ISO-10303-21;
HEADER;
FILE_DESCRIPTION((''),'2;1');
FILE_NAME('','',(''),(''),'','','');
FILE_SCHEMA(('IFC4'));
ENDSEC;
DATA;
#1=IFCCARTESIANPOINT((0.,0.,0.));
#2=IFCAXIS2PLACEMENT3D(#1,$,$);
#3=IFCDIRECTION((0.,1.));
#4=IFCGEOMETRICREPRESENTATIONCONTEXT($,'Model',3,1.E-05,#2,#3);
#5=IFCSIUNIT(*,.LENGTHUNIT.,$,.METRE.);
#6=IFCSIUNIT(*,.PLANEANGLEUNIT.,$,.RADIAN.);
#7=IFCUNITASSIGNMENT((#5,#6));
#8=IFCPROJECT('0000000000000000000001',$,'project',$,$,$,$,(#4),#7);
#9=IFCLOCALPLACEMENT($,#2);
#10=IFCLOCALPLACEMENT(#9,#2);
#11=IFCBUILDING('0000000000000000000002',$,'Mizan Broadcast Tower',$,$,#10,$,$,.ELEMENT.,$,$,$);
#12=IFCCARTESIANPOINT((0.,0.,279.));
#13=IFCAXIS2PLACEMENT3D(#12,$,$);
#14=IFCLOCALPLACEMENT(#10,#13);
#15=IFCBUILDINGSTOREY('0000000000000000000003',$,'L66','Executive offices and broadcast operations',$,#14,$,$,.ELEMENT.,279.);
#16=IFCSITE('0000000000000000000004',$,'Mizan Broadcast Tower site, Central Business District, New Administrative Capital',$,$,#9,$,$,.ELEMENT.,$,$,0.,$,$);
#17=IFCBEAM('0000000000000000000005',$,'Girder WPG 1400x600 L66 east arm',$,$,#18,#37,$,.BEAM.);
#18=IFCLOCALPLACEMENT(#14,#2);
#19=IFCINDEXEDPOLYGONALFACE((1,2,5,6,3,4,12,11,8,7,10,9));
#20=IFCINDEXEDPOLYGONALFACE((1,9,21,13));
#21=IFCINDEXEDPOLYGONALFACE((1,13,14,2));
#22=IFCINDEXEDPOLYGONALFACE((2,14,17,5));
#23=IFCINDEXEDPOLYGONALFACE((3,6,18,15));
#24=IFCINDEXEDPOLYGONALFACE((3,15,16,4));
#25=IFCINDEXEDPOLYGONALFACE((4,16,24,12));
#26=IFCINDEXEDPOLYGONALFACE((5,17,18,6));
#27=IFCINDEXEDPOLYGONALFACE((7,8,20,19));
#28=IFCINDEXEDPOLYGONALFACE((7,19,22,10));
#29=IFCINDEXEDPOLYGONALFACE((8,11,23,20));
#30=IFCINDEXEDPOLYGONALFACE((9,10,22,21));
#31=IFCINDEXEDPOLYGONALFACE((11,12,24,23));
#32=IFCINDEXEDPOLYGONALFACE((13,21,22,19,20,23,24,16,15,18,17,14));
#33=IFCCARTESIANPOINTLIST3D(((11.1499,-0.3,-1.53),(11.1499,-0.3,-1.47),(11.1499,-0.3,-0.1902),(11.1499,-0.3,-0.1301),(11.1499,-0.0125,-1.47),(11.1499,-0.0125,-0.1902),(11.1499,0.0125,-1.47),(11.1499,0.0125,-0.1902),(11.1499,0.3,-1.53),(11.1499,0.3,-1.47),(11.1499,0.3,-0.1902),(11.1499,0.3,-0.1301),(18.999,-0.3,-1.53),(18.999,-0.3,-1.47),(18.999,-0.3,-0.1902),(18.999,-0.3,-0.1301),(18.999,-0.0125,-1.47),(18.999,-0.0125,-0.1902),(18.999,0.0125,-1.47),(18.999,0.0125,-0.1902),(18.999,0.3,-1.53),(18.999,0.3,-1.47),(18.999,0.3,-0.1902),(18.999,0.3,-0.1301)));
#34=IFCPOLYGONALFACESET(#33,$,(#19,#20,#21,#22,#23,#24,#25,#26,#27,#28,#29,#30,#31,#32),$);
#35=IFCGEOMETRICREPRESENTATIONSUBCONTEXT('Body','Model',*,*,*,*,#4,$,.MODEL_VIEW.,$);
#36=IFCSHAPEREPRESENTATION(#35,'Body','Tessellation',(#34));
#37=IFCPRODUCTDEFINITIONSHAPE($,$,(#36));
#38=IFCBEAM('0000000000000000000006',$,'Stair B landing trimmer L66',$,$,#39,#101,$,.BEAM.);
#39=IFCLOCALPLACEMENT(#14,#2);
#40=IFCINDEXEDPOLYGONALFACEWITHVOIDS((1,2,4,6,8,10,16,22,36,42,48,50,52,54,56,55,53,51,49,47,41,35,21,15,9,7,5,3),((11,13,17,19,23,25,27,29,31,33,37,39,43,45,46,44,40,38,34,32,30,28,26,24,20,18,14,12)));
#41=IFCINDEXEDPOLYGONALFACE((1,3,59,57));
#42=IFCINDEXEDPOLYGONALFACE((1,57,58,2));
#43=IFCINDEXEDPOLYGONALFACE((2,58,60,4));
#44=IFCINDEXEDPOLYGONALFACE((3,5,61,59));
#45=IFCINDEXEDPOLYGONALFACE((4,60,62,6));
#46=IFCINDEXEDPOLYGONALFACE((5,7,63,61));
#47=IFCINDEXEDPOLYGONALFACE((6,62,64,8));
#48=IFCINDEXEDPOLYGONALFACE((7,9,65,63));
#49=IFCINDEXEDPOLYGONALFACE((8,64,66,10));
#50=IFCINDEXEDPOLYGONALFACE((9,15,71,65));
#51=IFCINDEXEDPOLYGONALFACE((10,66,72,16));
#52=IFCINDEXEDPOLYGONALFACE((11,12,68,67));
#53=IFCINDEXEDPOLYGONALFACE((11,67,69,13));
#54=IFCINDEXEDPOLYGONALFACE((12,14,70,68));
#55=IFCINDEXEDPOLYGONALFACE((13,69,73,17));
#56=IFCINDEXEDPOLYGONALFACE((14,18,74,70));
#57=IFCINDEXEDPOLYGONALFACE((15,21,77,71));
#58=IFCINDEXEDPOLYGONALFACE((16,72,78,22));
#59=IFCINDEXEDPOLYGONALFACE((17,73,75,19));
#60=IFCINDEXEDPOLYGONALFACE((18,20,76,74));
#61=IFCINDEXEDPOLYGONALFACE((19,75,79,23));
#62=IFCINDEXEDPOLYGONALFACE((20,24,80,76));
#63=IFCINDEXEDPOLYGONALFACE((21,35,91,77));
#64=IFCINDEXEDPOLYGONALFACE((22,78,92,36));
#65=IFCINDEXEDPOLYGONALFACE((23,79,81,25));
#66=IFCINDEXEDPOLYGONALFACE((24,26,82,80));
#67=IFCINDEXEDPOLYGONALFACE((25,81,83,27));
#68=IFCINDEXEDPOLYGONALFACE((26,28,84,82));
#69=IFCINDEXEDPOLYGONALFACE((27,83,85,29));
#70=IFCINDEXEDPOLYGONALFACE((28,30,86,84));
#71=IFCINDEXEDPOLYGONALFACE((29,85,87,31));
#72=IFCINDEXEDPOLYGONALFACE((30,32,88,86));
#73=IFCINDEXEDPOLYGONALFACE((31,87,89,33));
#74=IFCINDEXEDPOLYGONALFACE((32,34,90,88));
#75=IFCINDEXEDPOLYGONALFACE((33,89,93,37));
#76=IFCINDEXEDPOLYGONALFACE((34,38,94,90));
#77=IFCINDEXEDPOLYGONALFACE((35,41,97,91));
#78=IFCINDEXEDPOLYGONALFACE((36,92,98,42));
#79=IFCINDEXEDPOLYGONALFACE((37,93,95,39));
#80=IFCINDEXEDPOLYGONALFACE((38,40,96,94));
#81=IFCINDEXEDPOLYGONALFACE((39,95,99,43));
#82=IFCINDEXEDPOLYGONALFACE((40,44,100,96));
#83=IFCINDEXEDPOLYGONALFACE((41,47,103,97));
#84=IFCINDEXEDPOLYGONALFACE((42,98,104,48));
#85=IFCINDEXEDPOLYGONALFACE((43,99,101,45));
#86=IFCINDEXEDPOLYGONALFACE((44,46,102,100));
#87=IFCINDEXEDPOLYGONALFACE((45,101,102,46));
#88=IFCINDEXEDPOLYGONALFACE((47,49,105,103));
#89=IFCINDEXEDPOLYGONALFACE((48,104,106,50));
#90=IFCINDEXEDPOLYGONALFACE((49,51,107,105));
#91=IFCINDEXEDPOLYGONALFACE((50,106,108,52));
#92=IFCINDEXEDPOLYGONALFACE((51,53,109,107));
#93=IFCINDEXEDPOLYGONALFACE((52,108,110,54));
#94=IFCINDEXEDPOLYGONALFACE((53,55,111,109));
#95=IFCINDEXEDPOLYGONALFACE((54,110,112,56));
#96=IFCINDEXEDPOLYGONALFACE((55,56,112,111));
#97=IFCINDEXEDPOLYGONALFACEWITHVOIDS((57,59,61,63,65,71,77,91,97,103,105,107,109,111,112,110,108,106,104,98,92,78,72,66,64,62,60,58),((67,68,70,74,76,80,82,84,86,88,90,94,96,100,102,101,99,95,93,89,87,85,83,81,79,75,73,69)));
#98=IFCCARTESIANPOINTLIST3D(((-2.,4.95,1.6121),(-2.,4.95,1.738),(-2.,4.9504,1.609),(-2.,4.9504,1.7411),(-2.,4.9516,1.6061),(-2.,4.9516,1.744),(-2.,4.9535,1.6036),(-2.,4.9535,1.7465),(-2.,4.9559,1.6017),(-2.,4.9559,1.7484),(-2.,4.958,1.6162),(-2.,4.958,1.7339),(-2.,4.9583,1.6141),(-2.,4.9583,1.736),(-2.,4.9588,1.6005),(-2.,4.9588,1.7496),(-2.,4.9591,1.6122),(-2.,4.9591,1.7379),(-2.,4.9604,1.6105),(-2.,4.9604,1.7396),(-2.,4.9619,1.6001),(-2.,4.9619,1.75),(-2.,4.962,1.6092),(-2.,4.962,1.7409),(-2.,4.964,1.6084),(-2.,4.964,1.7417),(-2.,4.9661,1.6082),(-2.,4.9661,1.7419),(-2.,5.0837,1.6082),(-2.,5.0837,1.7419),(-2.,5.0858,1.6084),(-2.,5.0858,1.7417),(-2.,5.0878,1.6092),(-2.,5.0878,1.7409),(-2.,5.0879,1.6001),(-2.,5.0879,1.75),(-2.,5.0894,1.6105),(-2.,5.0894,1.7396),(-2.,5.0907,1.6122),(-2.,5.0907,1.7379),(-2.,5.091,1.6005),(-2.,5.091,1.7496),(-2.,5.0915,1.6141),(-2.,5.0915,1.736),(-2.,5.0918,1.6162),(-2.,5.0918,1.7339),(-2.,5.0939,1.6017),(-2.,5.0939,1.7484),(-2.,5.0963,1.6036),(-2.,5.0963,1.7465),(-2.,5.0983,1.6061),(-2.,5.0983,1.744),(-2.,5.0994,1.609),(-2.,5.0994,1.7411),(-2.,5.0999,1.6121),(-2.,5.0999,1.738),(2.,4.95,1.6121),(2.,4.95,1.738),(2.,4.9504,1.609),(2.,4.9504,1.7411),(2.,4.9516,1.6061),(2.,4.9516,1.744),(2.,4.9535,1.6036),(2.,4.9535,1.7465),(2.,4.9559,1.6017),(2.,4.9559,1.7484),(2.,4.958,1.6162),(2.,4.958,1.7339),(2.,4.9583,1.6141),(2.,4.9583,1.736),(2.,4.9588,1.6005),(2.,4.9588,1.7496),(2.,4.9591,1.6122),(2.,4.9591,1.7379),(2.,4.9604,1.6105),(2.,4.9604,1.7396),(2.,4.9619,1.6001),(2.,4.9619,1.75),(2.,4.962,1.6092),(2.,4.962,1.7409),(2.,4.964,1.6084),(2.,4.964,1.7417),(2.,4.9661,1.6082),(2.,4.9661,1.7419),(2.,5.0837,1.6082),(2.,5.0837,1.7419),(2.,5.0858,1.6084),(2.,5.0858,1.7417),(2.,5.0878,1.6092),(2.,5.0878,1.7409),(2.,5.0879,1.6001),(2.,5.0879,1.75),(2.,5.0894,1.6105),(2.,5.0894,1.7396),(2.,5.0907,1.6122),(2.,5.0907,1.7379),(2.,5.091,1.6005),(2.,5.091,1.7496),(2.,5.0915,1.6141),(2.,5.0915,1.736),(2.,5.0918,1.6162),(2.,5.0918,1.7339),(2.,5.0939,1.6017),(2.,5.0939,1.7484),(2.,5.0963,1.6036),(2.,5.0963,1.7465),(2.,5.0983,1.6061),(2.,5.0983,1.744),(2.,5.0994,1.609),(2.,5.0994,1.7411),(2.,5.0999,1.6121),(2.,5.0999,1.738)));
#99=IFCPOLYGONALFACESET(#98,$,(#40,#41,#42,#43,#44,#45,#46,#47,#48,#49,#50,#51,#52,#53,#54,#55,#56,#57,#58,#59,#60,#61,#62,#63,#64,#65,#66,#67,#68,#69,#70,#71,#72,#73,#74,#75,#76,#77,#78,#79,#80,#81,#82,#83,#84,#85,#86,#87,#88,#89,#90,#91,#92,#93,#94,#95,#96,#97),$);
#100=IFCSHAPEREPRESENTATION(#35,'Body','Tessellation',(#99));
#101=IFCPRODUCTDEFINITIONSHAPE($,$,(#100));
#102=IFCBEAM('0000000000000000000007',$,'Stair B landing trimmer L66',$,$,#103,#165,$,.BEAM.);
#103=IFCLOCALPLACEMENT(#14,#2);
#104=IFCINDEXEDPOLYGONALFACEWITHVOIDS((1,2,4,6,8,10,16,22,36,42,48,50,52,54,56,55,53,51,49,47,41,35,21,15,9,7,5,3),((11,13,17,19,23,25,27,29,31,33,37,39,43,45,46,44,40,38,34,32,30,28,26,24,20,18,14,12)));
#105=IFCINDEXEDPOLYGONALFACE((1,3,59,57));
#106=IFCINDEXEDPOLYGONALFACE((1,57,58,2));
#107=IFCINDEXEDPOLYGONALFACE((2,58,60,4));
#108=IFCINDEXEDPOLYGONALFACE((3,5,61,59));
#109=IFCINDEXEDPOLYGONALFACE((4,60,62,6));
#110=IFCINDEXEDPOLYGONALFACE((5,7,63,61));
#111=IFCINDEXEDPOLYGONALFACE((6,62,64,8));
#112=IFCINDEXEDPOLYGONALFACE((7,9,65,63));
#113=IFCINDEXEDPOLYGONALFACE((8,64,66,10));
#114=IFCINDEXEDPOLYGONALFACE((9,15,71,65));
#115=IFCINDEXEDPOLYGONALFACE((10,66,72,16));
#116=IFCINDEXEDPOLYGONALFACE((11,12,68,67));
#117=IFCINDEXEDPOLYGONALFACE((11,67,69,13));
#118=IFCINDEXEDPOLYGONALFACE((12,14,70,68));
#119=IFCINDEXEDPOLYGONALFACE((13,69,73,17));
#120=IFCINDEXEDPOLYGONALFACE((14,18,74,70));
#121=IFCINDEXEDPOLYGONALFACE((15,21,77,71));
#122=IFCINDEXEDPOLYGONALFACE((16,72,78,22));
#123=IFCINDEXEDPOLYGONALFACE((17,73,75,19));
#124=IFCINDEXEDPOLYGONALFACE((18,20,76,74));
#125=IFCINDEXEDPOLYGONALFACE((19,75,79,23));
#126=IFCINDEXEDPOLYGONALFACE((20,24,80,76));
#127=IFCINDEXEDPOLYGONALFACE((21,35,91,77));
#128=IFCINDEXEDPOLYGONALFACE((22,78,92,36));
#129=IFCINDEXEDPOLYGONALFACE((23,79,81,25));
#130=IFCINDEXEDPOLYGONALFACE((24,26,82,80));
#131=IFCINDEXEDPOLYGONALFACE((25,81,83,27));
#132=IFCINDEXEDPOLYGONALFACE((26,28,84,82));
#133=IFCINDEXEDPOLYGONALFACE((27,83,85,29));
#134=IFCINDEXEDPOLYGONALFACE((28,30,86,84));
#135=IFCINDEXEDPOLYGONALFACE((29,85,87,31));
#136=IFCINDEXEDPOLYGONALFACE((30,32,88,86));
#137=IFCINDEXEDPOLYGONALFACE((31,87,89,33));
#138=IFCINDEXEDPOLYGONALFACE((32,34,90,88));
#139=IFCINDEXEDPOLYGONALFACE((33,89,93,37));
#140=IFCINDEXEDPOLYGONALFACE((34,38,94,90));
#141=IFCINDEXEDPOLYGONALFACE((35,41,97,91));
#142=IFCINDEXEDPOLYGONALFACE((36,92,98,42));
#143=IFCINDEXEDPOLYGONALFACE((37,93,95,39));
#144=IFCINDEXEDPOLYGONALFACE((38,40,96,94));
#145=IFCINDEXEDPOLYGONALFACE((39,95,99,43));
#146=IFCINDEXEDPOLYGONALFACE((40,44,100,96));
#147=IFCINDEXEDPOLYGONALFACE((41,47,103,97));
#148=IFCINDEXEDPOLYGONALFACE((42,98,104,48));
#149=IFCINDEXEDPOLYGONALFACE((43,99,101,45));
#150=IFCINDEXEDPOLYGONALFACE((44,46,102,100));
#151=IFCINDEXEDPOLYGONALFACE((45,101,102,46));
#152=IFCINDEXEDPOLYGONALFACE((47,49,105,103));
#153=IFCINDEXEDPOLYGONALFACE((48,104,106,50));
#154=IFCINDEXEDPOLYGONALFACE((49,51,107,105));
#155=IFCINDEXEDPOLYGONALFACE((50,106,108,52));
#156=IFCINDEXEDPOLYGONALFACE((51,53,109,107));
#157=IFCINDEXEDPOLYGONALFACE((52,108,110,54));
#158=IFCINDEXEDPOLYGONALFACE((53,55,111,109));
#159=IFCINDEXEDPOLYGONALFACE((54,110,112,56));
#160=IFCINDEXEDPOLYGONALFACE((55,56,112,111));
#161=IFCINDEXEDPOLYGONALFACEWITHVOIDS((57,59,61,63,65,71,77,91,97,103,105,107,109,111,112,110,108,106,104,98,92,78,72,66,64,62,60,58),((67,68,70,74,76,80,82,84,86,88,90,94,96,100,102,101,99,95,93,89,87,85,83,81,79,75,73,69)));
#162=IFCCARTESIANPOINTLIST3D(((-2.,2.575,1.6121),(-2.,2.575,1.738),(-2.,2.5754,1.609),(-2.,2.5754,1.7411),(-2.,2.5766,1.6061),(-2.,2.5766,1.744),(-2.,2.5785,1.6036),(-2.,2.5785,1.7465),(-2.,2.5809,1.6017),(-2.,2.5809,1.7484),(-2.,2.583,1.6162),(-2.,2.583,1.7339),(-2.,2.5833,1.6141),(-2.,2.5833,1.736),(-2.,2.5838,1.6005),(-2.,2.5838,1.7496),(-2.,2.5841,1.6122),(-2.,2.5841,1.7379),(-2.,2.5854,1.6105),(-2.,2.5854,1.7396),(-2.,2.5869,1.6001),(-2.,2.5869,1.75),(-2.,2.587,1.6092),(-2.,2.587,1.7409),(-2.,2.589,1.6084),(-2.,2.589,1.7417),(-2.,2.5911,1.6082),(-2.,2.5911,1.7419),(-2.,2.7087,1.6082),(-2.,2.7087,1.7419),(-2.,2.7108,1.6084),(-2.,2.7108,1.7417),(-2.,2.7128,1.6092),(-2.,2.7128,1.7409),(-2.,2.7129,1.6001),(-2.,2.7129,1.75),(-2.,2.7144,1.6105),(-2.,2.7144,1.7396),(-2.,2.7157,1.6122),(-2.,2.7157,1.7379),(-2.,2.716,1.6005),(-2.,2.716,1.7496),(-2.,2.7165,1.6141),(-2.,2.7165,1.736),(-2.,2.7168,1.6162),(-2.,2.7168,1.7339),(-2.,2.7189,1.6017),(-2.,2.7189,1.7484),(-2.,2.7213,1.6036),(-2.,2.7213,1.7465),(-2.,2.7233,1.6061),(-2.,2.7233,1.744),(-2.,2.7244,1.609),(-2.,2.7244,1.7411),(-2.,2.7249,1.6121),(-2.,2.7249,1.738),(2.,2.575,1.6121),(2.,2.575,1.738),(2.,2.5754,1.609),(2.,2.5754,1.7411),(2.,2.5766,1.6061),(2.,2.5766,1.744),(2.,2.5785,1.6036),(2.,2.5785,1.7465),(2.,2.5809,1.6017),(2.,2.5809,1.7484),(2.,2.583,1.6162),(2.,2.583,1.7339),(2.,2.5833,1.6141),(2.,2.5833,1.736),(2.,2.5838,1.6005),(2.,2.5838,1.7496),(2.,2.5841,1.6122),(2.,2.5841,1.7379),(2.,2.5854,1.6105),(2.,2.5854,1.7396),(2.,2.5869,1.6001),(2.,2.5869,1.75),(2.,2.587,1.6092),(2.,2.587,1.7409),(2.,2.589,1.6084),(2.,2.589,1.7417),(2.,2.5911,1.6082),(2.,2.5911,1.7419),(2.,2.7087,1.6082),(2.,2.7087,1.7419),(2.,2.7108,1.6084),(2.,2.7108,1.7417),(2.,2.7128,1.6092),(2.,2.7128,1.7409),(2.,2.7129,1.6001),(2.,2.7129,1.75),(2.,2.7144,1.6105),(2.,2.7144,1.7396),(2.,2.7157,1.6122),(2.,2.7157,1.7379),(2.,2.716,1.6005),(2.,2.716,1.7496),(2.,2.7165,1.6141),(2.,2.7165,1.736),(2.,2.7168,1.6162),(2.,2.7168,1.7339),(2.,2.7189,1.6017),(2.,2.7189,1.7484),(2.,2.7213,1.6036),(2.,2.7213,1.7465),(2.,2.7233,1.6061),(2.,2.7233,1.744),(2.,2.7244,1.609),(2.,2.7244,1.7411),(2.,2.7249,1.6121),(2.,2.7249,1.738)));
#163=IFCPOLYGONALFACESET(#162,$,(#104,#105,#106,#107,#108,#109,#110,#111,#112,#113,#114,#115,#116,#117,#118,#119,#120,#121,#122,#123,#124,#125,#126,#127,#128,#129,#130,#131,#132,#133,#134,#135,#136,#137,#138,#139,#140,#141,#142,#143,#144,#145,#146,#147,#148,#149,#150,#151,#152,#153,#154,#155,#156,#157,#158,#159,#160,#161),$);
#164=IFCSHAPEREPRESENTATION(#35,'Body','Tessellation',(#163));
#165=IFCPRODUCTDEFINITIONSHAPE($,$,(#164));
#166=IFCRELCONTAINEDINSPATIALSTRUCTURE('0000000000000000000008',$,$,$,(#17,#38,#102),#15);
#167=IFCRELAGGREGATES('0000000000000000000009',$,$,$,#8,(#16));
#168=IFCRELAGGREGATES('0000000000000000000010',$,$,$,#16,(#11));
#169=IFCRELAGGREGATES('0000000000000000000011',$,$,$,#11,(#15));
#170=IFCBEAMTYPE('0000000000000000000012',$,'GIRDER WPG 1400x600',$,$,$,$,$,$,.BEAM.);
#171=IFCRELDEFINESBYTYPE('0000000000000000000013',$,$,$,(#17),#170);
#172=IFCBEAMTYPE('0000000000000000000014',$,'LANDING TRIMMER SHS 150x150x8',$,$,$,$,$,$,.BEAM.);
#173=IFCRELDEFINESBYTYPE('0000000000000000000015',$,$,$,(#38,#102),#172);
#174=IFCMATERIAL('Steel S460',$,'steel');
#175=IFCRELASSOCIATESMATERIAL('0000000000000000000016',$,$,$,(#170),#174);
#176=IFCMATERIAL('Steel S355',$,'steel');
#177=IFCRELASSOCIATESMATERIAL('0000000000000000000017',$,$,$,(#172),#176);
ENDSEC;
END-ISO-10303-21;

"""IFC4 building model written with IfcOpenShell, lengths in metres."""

from ifc_helpers import new_model, si_unit, direction, frame, origin, origin_2d, place, context, subcontext, project, spatial, hollow_rectangle, i_section, extrude, material, material_profile, profile_set, type_object, element, save


model = new_model("IFC4")

# Units and contexts
model_context = context("Model", 3, precision=1e-05, world=origin(), true_north=direction((0.0, 1.0)))
body_context = subcontext(model_context, "Body", "Model", "MODEL_VIEW")
ifc_project = project(units=[si_unit("LENGTHUNIT", "METRE"), si_unit("PLANEANGLEUNIT", "RADIAN")], contexts=[model_context])

# Site, building, storey
site_placement = place(None, origin())
site = spatial("IfcSite", under=ifc_project, at=site_placement, Name="Mizan Broadcast Tower site, Central Business District, New Administrative Capital", CompositionType="ELEMENT", RefElevation=0.0)
building_placement = place(site_placement, origin())
building = spatial("IfcBuilding", under=site, at=building_placement, Name="Mizan Broadcast Tower", CompositionType="ELEMENT")
storey_placement = place(building_placement, frame((0.0, 0.0, 279.0)))
storey = spatial("IfcBuildingStorey", under=building, at=storey_placement, Name="L66", Description="Executive offices and broadcast operations", CompositionType="ELEMENT", Elevation=279.0)

# Beams
ifc_material_1 = material(Name="Steel S460", Category="steel")
ifc_material_profile_1 = material_profile(ifc_material_1, i_section(OverallWidth=0.6001, OverallDepth=1.3999, WebThickness=0.0249, FlangeThickness=0.0601, at=origin_2d()), Name="WPG 1400x600")
ifc_profile_set_1 = profile_set([ifc_material_profile_1], Name="Steel S460")
beam_type_1 = type_object("IfcBeamType", Name="GIRDER WPG 1400x600", PredefinedType="BEAM", material=ifc_profile_set_1)
beam_placement = place(storey_placement, frame((11.1499, 0.0, -0.8301), z_axis=(1.0, 0.0, 0.0), x_axis=(0.0, 1.0, 0.0)))
element("IfcBeam", 1, at=beam_placement, inside=storey, type_object=beam_type_1, Name="Girder WPG 1400x600 L66 east arm", PredefinedType="BEAM", context=body_context, shape_type="SweptSolid", body=[
    extrude(i_section(OverallWidth=0.6001, OverallDepth=1.3999, WebThickness=0.0249, FlangeThickness=0.0601, at=origin_2d()), origin(), (0.0, 0.0, 1.0), 7.8491),
])
ifc_material_2 = material(Name="Steel S355", Category="steel")
ifc_material_profile_2 = material_profile(ifc_material_2, hollow_rectangle(XDim=0.1499, YDim=0.1499, WallThickness=0.0081, InnerFilletRadius=0.0081, OuterFilletRadius=0.012, at=origin_2d()), Name="SHS 150x150x8")
ifc_profile_set_2 = profile_set([ifc_material_profile_2], Name="Steel S355")
beam_type_2 = type_object("IfcBeamType", Name="LANDING TRIMMER SHS 150x150x8", PredefinedType="BEAM", material=ifc_profile_set_2)
for number, where, z_axis, x_axis, name in (
    (2, (2.0, 5.0249, 1.675), (-1.0, 0.0, 0.0), (0.0, -1.0, 0.0), "Stair B landing trimmer L66"),
    (3, (2.0, 2.6499, 1.675), (-1.0, 0.0, 0.0), (0.0, -1.0, 0.0), "Stair B landing trimmer L66"),
):
    element("IfcBeam", number, at=place(storey_placement, frame(where, z_axis=z_axis, x_axis=x_axis)), inside=storey, type_object=beam_type_2, Name=name, PredefinedType="BEAM", context=body_context, shape_type="SweptSolid", body=[
        extrude(hollow_rectangle(XDim=0.1499, YDim=0.1499, WallThickness=0.0081, InnerFilletRadius=0.0081, OuterFilletRadius=0.012, at=origin_2d()), origin(), (0.0, 0.0, 1.0), 4.0),
    ])

save(model, "model.ifc")
